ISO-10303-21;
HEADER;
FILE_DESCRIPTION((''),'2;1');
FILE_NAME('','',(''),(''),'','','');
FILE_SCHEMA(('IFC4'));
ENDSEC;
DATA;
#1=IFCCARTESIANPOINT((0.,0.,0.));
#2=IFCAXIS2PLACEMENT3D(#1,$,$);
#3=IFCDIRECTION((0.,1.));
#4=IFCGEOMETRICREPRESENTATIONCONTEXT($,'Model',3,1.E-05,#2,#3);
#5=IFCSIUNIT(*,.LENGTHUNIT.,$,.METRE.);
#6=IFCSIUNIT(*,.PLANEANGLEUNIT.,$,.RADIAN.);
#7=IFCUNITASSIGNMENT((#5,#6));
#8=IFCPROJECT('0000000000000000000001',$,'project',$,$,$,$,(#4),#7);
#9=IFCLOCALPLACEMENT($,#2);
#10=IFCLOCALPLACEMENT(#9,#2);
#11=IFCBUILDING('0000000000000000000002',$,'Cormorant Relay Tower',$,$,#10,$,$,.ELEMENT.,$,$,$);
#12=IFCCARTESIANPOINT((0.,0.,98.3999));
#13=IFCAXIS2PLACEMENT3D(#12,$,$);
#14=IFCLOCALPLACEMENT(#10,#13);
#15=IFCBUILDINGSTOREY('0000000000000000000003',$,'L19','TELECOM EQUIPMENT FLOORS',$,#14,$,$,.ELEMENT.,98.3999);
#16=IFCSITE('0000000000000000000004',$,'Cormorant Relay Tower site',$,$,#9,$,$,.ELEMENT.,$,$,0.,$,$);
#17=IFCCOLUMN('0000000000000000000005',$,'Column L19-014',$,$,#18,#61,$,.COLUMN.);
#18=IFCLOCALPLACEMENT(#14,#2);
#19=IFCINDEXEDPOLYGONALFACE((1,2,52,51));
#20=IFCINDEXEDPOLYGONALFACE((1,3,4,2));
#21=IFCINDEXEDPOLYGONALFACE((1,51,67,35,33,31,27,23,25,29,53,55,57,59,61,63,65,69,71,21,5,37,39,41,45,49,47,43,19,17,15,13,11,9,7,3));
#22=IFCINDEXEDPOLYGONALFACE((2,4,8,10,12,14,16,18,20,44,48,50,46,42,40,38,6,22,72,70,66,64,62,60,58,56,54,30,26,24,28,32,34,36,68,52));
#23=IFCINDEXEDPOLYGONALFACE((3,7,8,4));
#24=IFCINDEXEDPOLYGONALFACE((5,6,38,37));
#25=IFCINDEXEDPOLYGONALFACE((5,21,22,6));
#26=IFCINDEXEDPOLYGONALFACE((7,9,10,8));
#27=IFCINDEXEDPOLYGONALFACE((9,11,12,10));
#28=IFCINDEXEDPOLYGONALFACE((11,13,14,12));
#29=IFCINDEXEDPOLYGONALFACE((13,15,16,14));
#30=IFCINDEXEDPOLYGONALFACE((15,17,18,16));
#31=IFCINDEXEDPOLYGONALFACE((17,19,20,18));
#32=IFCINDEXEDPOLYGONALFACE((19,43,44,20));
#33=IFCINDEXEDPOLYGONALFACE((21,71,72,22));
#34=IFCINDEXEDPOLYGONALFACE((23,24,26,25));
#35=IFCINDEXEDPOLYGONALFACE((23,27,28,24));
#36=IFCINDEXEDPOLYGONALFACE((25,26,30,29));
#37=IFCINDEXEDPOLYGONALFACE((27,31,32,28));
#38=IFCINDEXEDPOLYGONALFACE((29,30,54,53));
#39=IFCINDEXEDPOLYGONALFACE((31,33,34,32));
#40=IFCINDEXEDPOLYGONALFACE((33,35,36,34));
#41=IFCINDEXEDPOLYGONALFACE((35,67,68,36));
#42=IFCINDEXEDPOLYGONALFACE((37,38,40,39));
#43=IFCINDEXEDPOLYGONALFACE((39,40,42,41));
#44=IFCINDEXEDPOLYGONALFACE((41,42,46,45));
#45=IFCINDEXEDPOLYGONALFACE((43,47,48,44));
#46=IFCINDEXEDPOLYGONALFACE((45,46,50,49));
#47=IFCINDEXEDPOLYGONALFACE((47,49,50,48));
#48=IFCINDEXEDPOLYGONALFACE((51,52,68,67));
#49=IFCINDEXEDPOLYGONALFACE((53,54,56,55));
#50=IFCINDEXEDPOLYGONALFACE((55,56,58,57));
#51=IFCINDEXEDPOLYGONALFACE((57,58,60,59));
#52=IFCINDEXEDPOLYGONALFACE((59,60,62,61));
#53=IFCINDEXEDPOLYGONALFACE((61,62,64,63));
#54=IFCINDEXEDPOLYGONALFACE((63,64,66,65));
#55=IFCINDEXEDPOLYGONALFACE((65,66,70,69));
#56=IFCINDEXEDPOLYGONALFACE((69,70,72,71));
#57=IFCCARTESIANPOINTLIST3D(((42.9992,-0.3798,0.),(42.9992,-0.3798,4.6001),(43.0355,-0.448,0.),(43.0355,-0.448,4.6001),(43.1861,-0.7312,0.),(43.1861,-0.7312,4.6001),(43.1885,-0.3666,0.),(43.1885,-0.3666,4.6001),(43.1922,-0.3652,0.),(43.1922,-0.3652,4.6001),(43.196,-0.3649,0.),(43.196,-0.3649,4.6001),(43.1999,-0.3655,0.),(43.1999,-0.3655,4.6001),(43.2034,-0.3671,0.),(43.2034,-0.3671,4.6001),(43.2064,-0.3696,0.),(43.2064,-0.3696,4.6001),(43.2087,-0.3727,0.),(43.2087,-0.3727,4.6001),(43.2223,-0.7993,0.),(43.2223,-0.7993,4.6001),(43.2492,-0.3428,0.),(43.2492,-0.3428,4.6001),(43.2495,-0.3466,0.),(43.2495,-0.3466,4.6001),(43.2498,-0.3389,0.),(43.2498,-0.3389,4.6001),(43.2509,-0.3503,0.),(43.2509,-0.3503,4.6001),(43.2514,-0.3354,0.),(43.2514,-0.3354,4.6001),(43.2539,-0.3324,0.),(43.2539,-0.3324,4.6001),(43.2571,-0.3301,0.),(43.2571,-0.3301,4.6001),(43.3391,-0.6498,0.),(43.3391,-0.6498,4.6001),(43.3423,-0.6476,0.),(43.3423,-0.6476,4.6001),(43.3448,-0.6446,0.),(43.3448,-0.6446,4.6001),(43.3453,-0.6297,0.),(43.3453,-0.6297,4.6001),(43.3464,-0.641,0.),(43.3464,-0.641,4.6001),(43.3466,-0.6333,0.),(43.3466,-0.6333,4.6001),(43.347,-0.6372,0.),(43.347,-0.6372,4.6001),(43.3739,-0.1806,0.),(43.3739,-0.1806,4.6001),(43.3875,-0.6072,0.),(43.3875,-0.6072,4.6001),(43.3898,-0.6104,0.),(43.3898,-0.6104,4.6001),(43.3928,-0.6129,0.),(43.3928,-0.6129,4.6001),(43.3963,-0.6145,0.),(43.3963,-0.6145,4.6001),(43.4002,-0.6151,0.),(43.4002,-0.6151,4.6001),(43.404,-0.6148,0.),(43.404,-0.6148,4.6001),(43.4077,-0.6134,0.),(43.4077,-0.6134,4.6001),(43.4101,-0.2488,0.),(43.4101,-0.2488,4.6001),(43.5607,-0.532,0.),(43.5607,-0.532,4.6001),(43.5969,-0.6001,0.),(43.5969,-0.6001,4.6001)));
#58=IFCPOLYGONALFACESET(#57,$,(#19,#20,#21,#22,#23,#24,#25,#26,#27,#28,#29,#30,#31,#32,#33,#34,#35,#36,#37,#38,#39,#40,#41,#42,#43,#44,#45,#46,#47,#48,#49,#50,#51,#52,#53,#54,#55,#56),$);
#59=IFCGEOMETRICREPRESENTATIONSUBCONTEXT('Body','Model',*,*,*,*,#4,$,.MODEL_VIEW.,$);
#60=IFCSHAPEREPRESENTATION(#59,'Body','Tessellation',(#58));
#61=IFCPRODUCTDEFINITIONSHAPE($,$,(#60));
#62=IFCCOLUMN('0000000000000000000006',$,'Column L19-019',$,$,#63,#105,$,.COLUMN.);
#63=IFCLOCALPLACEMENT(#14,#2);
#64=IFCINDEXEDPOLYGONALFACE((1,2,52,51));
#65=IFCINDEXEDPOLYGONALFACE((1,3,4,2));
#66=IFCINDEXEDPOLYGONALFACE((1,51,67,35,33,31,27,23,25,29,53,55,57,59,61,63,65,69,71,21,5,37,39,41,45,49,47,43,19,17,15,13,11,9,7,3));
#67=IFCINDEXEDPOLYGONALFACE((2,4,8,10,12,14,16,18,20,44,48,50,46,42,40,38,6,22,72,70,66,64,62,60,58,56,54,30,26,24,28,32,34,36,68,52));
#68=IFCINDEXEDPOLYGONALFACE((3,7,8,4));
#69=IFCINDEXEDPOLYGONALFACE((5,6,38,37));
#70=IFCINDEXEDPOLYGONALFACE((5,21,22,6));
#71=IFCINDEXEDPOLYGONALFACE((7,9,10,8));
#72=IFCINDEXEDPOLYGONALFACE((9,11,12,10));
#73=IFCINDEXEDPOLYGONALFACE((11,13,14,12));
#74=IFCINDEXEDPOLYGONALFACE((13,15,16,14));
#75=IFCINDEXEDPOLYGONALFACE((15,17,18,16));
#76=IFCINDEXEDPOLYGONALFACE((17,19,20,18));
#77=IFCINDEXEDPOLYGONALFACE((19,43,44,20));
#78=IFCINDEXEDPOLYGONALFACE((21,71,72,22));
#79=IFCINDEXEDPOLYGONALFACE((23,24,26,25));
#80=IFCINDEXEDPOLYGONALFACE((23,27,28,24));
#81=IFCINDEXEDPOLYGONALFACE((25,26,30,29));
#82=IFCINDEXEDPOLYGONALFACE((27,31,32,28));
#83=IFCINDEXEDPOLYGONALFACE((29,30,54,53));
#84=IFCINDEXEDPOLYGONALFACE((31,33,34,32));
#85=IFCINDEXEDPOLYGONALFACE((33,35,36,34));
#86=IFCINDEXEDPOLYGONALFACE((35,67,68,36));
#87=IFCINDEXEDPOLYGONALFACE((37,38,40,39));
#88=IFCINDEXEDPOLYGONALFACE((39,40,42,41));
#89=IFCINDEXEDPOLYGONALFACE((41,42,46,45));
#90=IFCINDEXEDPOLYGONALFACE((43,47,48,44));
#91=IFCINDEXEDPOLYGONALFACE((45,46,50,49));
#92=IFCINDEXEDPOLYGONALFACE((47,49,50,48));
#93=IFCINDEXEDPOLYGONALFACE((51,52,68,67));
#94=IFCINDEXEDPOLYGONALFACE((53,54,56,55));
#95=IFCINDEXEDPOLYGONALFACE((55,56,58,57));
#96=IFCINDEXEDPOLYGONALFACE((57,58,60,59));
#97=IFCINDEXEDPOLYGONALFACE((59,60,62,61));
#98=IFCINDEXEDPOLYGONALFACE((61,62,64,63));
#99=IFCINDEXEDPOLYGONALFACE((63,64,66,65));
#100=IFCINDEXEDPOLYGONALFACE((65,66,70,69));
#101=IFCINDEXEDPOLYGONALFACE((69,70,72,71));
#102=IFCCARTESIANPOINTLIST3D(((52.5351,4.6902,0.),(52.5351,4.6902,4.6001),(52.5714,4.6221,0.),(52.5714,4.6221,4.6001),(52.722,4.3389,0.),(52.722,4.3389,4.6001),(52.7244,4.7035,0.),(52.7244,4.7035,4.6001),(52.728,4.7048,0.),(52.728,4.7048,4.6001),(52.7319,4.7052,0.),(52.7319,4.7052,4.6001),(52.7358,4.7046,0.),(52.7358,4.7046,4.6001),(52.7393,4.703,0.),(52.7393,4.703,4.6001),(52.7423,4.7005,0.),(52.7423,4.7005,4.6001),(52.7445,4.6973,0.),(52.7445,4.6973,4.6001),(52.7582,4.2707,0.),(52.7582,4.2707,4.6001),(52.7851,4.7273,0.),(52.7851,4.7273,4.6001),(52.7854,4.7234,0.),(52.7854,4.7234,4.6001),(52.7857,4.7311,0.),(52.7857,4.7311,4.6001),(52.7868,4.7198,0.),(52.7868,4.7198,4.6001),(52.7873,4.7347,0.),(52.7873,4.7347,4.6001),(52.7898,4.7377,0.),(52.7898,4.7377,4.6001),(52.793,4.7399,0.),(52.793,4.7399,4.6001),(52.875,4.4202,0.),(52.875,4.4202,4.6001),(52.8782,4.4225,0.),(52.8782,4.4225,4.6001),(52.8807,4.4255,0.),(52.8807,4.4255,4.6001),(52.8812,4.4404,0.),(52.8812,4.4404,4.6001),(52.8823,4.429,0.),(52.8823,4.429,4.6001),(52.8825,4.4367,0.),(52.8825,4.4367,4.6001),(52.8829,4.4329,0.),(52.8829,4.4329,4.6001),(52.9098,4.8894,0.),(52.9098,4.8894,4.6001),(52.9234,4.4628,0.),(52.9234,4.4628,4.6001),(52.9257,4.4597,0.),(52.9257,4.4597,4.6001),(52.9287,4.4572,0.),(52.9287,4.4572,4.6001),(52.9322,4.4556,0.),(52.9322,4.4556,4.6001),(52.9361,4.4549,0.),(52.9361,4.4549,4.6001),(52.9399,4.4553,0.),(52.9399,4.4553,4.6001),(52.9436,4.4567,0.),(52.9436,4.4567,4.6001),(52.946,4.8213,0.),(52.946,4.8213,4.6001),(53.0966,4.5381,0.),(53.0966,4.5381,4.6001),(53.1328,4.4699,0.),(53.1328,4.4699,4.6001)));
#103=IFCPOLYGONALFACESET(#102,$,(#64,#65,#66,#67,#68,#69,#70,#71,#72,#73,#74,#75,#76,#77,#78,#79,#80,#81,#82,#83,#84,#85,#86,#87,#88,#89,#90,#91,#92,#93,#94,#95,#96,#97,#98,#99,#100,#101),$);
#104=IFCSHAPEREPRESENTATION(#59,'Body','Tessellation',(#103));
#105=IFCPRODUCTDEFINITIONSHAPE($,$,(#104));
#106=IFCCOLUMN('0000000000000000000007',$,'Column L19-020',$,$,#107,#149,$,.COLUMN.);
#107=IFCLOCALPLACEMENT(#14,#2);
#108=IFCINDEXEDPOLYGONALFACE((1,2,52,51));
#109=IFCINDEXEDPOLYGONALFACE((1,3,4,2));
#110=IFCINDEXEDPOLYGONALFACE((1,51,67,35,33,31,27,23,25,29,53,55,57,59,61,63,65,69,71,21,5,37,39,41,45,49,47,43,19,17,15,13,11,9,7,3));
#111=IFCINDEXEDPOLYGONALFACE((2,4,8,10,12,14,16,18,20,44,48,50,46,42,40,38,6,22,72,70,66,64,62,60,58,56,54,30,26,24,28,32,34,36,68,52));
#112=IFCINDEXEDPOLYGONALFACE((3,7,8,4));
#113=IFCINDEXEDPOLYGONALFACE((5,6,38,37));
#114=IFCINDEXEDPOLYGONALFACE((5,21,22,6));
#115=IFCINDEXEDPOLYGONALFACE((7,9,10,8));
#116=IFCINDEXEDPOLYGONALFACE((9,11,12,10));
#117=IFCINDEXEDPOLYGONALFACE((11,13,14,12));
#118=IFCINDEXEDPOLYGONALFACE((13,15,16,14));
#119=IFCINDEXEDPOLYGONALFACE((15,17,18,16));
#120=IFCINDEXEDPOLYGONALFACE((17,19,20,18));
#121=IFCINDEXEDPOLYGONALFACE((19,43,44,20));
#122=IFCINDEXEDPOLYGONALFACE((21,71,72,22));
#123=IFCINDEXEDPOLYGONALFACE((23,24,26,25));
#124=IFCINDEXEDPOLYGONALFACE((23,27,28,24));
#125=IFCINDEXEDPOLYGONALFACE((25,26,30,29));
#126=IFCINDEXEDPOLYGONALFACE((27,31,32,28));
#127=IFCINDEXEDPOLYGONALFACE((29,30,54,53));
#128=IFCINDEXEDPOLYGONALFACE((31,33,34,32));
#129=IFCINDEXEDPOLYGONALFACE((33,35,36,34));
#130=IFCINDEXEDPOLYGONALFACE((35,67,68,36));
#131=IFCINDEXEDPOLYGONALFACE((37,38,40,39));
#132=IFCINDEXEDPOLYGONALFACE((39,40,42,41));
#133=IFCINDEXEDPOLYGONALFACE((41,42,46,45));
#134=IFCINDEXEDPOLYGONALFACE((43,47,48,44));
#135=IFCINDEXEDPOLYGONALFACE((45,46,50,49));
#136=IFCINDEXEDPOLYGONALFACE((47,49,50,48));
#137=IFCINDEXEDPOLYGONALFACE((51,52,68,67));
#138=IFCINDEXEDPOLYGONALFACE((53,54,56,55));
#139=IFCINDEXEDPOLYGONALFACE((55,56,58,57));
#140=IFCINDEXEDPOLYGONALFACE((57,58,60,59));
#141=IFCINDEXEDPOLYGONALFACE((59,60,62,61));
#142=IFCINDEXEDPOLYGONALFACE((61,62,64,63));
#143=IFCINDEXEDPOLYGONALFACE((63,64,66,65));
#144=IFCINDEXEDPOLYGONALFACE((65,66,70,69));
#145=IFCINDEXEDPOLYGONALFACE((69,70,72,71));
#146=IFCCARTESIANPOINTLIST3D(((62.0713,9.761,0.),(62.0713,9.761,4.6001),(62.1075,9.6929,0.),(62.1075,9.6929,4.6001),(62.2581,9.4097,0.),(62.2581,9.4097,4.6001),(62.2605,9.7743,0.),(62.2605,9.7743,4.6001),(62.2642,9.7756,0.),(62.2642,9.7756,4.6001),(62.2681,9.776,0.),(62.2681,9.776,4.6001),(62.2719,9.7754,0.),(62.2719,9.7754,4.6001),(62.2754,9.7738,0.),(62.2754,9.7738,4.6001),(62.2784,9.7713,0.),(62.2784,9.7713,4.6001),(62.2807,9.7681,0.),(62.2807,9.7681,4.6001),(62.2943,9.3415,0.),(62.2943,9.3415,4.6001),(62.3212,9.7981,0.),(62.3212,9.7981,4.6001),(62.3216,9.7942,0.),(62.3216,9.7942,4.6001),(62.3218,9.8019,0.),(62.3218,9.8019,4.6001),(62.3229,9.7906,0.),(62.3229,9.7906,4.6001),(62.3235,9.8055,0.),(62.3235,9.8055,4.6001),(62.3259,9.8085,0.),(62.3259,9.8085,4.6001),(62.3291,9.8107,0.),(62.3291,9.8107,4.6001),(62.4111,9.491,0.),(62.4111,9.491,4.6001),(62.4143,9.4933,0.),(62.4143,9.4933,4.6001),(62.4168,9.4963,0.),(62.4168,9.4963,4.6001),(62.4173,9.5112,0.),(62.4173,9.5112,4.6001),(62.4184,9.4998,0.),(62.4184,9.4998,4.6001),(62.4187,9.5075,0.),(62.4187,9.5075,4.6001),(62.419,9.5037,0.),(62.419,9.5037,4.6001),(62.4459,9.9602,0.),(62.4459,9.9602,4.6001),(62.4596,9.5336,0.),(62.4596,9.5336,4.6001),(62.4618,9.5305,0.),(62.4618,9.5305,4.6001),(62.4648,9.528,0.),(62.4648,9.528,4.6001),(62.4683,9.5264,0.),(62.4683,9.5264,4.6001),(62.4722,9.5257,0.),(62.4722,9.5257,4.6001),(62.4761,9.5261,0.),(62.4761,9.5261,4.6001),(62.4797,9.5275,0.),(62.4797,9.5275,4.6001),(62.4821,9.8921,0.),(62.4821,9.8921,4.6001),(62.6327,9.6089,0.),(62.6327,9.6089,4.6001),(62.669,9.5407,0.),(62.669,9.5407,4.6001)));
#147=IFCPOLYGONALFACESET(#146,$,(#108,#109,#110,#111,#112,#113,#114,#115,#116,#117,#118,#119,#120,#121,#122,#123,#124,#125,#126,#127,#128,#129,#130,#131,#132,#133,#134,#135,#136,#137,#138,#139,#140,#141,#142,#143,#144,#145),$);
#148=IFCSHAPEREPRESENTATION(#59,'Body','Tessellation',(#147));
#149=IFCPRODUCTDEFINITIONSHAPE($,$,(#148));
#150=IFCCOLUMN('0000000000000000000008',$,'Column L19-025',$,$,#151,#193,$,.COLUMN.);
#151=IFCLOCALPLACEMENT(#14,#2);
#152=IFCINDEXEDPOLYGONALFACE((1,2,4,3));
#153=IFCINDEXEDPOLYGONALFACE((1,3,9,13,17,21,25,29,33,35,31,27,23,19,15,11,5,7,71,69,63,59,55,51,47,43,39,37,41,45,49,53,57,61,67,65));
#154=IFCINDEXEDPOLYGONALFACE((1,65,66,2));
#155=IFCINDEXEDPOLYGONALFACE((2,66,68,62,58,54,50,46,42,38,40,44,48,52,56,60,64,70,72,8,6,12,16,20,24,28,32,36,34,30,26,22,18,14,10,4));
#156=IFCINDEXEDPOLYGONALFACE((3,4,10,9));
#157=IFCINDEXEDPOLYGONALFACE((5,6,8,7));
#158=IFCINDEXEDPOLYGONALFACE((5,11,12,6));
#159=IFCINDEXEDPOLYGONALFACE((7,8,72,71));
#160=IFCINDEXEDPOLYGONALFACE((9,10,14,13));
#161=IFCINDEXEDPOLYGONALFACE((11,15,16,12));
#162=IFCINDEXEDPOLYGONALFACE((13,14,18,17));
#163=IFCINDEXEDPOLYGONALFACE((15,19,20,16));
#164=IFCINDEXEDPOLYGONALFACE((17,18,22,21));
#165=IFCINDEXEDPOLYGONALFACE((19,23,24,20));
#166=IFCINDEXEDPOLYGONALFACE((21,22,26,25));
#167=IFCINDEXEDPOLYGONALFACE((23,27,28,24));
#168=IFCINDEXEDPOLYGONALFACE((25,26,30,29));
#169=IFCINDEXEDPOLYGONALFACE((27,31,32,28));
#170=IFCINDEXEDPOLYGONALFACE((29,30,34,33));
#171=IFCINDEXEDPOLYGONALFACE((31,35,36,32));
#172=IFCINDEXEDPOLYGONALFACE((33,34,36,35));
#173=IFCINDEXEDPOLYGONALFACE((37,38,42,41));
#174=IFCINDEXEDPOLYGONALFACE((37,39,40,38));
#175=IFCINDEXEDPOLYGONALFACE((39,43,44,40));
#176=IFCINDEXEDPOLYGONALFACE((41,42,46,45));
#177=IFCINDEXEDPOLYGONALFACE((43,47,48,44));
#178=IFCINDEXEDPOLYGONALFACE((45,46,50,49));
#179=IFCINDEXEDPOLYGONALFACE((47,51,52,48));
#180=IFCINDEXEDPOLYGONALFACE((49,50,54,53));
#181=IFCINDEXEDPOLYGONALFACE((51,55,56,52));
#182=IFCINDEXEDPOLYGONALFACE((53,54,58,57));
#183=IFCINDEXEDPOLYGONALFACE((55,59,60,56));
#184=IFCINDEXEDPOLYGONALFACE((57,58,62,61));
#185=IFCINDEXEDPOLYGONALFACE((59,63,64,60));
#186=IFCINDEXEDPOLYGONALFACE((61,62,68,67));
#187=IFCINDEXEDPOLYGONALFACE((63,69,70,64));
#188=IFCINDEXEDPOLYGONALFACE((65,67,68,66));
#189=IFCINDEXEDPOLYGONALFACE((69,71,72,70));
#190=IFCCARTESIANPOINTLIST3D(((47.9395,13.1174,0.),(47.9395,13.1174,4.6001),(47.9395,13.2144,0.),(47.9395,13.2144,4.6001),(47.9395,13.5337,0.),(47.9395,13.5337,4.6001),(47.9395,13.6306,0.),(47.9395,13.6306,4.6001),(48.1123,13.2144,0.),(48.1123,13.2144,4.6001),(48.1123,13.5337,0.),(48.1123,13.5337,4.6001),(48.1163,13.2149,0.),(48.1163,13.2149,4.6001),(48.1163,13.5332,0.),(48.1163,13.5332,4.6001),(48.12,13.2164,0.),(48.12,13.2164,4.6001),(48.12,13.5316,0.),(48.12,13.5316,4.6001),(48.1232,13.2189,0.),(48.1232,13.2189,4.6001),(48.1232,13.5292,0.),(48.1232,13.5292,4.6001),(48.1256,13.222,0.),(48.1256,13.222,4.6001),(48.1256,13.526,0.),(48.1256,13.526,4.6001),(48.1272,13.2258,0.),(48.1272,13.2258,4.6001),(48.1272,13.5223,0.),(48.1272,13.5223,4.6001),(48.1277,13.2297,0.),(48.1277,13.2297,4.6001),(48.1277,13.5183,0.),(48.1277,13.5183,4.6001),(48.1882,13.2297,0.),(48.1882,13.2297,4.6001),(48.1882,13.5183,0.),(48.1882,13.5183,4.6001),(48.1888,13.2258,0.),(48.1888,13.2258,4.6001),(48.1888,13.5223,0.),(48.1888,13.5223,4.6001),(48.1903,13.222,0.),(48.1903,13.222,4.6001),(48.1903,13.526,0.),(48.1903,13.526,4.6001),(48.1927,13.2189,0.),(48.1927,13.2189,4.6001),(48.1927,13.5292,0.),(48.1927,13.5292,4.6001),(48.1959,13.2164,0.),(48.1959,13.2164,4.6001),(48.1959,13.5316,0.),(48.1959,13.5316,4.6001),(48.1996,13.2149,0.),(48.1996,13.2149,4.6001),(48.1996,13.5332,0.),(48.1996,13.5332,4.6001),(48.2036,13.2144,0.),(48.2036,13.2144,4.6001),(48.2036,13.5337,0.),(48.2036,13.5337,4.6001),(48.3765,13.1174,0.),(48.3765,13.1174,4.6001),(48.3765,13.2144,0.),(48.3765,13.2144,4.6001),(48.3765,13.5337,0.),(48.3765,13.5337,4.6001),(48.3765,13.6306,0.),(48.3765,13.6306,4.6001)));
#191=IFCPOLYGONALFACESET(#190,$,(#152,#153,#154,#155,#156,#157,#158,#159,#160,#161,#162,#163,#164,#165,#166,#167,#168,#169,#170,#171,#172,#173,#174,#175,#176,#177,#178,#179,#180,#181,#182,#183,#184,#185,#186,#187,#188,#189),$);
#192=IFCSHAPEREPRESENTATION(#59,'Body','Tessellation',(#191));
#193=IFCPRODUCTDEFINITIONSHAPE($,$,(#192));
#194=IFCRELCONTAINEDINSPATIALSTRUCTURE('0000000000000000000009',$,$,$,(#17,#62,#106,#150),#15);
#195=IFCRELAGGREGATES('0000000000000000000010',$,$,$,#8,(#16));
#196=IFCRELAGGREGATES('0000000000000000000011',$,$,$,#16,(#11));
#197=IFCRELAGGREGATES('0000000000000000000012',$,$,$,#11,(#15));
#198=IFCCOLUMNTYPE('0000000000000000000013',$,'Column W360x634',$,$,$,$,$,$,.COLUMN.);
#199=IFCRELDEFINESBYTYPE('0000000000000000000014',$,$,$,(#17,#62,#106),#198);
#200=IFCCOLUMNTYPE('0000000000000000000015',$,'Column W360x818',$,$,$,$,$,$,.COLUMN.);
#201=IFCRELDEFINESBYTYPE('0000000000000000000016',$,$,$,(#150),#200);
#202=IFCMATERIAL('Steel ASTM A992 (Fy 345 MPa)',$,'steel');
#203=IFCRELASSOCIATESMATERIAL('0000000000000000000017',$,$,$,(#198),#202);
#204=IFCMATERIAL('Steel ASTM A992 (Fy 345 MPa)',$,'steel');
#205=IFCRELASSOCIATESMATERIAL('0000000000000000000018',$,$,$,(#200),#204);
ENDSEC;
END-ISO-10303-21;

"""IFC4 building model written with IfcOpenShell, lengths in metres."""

from ifc_helpers import new_model, si_unit, direction, frame, origin, origin_2d, place, context, subcontext, project, spatial, i_section, extrude, material, material_profile, profile_set, type_object, element, save


model = new_model("IFC4")

# Units and contexts
model_context = context("Model", 3, precision=1e-05, world=origin(), true_north=direction((0.0, 1.0)))
body_context = subcontext(model_context, "Body", "Model", "MODEL_VIEW")
ifc_project = project(units=[si_unit("LENGTHUNIT", "METRE"), si_unit("PLANEANGLEUNIT", "RADIAN")], contexts=[model_context])

# Site, building, storey
site_placement = place(None, origin())
site = spatial("IfcSite", under=ifc_project, at=site_placement, Name="Cormorant Relay Tower site", CompositionType="ELEMENT", RefElevation=0.0)
building_placement = place(site_placement, origin())
building = spatial("IfcBuilding", under=site, at=building_placement, Name="Cormorant Relay Tower", CompositionType="ELEMENT")
storey_placement = place(building_placement, frame((0.0, 0.0, 98.3999)))
storey = spatial("IfcBuildingStorey", under=building, at=storey_placement, Name="L19", Description="TELECOM EQUIPMENT FLOORS", CompositionType="ELEMENT", Elevation=98.3999)

# Columns
ifc_material_1 = material(Name="Steel ASTM A992 (Fy 345 MPa)", Category="steel")
ifc_material_profile_1 = material_profile(ifc_material_1, i_section(OverallWidth=0.4243, OverallDepth=0.4751, WebThickness=0.0479, FlangeThickness=0.0771, FilletRadius=0.0149, at=origin_2d()), Name="W360x634")
ifc_profile_set_1 = profile_set([ifc_material_profile_1], Name="Steel ASTM A992 (Fy 345 MPa)")
column_type_1 = type_object("IfcColumnType", Name="Column W360x634", PredefinedType="COLUMN", material=ifc_profile_set_1)
for number, where, z_axis, x_axis, name in (
    (1, (43.2981, -0.49, 0.0), (0.0, 0.0, 1.0), (0.882948, 0.469472, 0.0), "Column L19-014"),
    (2, (52.834, 4.5801, 0.0), (0.0, 0.0, 1.0), (0.882948, 0.469472, 0.0), "Column L19-019"),
    (3, (62.3701, 9.6509, 0.0), (0.0, 0.0, 1.0), (0.882948, 0.469472, 0.0), "Column L19-020"),
):
    element("IfcColumn", number, at=place(storey_placement, frame(where, z_axis=z_axis, x_axis=x_axis)), inside=storey, type_object=column_type_1, Name=name, PredefinedType="COLUMN", context=body_context, shape_type="SweptSolid", body=[
        extrude(i_section(OverallWidth=0.4243, OverallDepth=0.4751, WebThickness=0.0479, FlangeThickness=0.0771, FilletRadius=0.0149, at=origin_2d()), origin(), (0.0, 0.0, 1.0), 4.6001),
    ])
ifc_material_2 = material(Name="Steel ASTM A992 (Fy 345 MPa)", Category="steel")
ifc_material_profile_2 = material_profile(ifc_material_2, i_section(OverallWidth=0.437, OverallDepth=0.5132, WebThickness=0.0605, FlangeThickness=0.0969, FilletRadius=0.0154, at=origin_2d()), Name="W360x818")
ifc_profile_set_2 = profile_set([ifc_material_profile_2], Name="Steel ASTM A992 (Fy 345 MPa)")
column_type_2 = type_object("IfcColumnType", Name="Column W360x818", PredefinedType="COLUMN", material=ifc_profile_set_2)
for number, where, z_axis, x_axis, name in (
    (4, (48.158, 13.374, 0.0), (0.0, 0.0, 1.0), (1.0, 0.0, 0.0), "Column L19-025"),
):
    element("IfcColumn", number, at=place(storey_placement, frame(where, z_axis=z_axis, x_axis=x_axis)), inside=storey, type_object=column_type_2, Name=name, PredefinedType="COLUMN", context=body_context, shape_type="SweptSolid", body=[
        extrude(i_section(OverallWidth=0.437, OverallDepth=0.5132, WebThickness=0.0605, FlangeThickness=0.0969, FilletRadius=0.0154, at=origin_2d()), origin(), (0.0, 0.0, 1.0), 4.6001),
    ])

save(model, "model.ifc")
